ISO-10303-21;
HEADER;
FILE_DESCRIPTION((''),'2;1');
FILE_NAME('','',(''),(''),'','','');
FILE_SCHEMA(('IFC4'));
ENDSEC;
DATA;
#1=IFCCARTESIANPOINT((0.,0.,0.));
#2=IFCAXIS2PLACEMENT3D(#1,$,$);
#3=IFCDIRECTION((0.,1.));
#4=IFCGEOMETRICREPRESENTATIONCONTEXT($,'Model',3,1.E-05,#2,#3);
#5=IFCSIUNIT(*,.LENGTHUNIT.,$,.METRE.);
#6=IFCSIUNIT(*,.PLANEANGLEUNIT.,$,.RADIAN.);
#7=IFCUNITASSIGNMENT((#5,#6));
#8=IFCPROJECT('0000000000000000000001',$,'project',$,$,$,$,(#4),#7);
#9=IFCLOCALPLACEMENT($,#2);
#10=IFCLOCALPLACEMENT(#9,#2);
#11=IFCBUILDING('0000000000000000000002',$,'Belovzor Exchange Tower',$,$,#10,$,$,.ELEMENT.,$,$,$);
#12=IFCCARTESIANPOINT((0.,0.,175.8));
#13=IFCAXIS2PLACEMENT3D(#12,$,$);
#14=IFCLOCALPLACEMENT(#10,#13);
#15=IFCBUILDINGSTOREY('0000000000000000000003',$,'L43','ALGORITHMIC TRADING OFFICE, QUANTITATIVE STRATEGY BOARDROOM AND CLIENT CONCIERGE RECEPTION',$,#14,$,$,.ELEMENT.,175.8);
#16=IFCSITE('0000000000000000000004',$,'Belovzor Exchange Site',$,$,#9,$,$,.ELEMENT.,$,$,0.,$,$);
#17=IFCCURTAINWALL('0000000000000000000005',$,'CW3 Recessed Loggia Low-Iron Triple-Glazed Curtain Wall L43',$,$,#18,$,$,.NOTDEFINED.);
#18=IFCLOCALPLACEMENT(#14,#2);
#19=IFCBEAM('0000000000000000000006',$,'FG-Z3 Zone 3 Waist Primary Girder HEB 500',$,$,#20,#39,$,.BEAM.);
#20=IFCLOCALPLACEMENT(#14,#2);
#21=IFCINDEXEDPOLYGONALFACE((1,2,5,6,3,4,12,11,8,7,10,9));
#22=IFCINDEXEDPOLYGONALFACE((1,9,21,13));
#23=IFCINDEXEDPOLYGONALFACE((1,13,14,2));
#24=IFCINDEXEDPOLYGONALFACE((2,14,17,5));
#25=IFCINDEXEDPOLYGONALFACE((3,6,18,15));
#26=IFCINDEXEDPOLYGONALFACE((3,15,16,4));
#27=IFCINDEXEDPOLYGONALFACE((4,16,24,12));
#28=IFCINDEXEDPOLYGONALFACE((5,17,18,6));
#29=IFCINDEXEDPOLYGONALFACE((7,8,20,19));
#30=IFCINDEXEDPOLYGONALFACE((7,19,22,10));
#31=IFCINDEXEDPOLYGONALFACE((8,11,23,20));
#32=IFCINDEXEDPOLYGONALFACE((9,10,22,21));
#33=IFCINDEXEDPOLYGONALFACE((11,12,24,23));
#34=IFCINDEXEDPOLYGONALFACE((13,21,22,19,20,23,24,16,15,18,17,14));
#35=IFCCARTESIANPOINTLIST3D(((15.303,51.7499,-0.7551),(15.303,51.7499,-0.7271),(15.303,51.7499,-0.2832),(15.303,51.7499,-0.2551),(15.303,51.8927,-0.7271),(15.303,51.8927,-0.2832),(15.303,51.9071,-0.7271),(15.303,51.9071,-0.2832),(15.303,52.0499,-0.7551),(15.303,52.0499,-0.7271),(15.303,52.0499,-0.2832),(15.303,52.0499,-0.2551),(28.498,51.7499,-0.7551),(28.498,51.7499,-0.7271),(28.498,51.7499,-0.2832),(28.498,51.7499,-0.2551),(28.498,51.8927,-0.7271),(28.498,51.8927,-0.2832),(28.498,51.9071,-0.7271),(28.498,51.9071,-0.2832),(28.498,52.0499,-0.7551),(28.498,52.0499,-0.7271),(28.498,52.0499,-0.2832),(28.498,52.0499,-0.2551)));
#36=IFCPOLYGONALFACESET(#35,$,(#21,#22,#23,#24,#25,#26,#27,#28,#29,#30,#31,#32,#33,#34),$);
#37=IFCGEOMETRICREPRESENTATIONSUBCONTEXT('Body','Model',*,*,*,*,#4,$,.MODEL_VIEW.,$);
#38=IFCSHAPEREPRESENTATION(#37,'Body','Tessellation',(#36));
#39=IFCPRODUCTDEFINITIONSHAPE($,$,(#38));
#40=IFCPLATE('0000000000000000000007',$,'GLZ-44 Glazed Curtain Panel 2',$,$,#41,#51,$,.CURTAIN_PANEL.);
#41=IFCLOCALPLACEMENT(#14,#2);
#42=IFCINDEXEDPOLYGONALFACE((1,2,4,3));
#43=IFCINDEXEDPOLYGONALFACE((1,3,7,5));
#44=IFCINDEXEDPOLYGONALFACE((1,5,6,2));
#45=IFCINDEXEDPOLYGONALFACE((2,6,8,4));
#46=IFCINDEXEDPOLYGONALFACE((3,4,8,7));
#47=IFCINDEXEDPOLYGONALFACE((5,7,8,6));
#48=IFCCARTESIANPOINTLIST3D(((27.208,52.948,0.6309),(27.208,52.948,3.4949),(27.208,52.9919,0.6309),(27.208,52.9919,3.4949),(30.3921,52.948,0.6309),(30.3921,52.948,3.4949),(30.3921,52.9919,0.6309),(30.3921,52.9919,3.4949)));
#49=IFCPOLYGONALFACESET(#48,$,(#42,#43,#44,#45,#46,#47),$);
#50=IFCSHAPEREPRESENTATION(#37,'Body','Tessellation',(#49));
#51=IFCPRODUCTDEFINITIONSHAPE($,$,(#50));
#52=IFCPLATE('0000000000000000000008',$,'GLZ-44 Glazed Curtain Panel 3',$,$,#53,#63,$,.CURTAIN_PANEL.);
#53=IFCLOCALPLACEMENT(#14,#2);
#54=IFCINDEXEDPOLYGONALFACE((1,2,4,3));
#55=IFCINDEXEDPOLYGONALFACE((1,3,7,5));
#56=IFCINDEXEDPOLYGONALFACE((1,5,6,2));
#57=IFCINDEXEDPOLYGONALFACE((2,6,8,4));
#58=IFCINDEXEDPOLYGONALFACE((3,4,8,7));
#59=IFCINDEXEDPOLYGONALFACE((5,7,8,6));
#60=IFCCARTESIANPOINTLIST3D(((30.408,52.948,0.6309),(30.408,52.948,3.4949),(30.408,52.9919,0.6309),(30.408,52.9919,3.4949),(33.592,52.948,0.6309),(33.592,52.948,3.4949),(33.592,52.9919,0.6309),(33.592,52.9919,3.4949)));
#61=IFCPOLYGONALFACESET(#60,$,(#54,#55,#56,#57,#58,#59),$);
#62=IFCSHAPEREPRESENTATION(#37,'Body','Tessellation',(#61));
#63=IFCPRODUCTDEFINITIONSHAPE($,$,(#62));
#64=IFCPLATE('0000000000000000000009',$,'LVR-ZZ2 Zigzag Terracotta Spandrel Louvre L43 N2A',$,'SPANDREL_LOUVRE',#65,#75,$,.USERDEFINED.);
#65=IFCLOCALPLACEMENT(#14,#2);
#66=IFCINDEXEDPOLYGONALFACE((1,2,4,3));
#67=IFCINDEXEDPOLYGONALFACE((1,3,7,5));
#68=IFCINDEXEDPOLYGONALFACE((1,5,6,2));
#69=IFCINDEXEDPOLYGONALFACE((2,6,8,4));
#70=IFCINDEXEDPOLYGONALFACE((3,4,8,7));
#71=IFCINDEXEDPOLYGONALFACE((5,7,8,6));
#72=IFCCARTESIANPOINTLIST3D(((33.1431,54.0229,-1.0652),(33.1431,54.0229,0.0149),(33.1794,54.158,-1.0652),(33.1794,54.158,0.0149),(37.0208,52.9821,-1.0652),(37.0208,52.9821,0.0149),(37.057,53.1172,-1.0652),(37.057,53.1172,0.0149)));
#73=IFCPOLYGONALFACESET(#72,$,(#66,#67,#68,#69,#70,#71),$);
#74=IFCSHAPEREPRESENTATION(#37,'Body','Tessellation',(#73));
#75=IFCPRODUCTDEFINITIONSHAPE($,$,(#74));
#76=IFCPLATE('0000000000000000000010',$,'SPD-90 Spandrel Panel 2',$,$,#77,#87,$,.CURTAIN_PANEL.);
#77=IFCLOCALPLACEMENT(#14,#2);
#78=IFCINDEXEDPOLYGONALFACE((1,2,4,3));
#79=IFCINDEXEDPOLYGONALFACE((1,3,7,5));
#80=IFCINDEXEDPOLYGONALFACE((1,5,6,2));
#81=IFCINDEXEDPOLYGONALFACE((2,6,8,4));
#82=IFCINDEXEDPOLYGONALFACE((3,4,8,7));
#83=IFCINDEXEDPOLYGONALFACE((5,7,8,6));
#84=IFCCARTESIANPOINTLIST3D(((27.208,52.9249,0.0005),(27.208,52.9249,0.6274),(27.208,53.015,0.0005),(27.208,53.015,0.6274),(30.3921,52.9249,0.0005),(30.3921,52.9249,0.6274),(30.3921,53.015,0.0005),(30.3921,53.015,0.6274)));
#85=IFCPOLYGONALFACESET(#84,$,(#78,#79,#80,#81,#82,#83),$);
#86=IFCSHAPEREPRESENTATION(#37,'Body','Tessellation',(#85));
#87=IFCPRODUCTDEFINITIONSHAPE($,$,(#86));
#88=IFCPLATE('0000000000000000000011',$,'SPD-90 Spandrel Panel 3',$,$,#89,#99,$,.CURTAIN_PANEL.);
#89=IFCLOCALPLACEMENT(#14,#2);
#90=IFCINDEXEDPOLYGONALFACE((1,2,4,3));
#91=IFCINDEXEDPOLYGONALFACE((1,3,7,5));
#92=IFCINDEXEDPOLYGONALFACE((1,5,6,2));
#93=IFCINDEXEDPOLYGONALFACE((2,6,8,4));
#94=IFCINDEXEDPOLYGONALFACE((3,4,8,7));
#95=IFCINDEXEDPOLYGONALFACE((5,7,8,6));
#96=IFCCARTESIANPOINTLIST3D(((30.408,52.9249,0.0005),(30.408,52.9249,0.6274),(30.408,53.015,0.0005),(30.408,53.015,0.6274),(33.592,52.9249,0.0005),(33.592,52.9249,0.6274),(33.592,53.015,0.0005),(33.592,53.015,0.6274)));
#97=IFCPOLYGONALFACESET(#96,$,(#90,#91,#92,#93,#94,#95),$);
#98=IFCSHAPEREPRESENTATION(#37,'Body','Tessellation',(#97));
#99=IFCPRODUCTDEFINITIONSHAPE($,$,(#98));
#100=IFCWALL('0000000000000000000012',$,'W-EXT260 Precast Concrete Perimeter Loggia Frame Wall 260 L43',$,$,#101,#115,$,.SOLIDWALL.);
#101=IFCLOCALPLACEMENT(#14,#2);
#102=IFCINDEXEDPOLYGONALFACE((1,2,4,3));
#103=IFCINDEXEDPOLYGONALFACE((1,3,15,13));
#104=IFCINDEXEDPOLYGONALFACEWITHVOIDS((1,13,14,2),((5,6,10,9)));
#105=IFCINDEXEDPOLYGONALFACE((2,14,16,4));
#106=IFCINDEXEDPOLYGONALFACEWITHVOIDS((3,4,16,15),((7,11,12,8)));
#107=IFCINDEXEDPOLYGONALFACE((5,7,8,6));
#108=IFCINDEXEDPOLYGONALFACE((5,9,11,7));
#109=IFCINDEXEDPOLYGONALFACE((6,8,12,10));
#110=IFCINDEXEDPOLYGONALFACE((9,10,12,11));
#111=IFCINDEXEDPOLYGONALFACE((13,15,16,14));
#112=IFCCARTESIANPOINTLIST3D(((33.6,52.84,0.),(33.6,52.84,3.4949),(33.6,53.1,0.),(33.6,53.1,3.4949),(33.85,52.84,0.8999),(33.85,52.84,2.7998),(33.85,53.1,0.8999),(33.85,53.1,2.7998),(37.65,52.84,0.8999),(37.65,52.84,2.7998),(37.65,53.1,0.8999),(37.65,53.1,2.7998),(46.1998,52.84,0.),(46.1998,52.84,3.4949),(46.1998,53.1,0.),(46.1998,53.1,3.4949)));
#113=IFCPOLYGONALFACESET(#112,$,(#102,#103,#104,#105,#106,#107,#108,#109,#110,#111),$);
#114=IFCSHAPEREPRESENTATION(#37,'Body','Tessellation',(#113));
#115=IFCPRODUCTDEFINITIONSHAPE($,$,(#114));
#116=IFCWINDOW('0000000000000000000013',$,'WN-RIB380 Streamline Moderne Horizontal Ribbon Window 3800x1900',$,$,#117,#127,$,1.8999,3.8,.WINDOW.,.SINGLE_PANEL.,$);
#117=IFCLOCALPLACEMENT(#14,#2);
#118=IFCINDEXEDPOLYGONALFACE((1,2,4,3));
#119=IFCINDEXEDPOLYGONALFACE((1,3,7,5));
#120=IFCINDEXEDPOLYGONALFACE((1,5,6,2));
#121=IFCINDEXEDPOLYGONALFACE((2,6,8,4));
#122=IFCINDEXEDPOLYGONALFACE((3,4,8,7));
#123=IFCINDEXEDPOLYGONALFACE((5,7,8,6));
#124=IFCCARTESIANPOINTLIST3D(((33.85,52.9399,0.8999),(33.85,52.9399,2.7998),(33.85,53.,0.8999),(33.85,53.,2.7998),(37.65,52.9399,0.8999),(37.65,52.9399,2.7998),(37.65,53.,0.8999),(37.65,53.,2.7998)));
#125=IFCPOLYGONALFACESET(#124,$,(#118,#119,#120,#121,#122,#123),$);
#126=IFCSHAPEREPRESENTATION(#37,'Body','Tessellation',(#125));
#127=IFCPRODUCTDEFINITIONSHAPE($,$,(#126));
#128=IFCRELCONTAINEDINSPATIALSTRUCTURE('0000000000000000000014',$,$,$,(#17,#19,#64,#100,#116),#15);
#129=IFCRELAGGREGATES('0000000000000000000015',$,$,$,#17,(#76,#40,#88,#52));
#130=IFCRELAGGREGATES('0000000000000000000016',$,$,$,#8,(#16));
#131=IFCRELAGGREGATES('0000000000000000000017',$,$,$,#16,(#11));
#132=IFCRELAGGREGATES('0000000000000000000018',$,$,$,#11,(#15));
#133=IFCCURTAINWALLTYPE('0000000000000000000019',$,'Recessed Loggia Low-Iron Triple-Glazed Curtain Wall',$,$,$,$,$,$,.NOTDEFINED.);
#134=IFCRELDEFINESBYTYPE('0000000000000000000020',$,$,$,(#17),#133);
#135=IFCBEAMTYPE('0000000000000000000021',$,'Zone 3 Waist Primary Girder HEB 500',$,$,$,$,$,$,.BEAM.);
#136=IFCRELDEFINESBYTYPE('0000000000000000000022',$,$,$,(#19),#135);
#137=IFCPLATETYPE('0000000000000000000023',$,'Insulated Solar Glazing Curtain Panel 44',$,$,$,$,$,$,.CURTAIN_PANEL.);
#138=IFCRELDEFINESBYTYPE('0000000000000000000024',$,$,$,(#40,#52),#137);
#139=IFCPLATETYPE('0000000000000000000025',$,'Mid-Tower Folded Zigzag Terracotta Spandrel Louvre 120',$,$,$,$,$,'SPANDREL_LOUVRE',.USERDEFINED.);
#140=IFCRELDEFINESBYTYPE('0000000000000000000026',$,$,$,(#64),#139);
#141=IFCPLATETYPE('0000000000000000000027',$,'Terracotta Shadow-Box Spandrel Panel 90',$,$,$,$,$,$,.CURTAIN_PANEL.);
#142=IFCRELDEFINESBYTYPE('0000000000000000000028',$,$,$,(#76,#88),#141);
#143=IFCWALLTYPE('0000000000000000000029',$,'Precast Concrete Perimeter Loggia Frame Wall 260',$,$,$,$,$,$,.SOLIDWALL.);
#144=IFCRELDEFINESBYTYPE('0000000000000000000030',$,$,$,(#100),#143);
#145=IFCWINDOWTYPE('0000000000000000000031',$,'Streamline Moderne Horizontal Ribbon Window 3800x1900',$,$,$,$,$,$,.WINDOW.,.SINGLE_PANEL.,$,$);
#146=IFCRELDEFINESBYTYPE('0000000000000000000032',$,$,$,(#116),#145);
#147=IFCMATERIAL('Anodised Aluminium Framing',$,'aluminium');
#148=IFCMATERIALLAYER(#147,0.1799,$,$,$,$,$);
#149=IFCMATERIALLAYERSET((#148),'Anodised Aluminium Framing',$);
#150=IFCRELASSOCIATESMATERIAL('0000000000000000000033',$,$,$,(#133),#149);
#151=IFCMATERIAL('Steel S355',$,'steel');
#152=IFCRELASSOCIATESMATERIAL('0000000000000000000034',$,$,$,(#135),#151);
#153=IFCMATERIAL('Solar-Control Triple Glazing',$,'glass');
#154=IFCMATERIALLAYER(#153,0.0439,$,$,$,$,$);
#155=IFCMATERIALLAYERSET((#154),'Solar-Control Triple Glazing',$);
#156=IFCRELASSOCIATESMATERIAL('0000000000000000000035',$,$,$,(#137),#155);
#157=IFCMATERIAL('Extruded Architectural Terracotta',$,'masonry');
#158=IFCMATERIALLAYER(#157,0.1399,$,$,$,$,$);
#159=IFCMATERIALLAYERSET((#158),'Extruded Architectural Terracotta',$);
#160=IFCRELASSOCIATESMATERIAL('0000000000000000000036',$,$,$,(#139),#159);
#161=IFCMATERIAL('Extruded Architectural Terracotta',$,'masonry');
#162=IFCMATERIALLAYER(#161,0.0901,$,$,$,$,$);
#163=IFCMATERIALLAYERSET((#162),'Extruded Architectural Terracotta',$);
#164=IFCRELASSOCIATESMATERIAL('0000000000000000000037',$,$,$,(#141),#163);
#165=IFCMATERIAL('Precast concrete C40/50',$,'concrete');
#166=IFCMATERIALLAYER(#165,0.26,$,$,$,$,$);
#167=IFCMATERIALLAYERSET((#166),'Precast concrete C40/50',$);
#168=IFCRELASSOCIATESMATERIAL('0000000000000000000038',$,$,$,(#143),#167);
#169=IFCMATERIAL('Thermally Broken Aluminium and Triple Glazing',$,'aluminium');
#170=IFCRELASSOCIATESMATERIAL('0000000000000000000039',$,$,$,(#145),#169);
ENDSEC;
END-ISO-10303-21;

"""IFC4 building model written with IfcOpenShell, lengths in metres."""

from ifc_helpers import new_model, si_unit, direction, frame, frame_2d, origin, origin_2d, place, context, subcontext, project, spatial, rectangle, i_section, extrude, material, layer, layer_set, material_profile, profile_set, type_object, element, fill, aggregate, save


model = new_model("IFC4")

# Units and contexts
model_context = context("Model", 3, precision=1e-05, world=origin(), true_north=direction((0.0, 1.0)))
body_context = subcontext(model_context, "Body", "Model", "MODEL_VIEW")
ifc_project = project(units=[si_unit("LENGTHUNIT", "METRE"), si_unit("PLANEANGLEUNIT", "RADIAN")], contexts=[model_context])

# Site, building, storey
site_placement = place(None, origin())
site = spatial("IfcSite", under=ifc_project, at=site_placement, Name="Belovzor Exchange Site", CompositionType="ELEMENT", RefElevation=0.0)
building_placement = place(site_placement, origin())
building = spatial("IfcBuilding", under=site, at=building_placement, Name="Belovzor Exchange Tower", CompositionType="ELEMENT")
storey_placement = place(building_placement, frame((0.0, 0.0, 175.8)))
storey = spatial("IfcBuildingStorey", under=building, at=storey_placement, Name="L43", Description="ALGORITHMIC TRADING OFFICE, QUANTITATIVE STRATEGY BOARDROOM AND CLIENT CONCIERGE RECEPTION", CompositionType="ELEMENT", Elevation=175.8)

# Curtain wall
ifc_material_1 = material(Name="Anodised Aluminium Framing", Category="aluminium")
ifc_layer_1 = layer(ifc_material_1, 0.1799)
ifc_layer_set_1 = layer_set([ifc_layer_1], Name="Anodised Aluminium Framing")
curtain_wall_type = type_object("IfcCurtainWallType", Name="Recessed Loggia Low-Iron Triple-Glazed Curtain Wall", PredefinedType="NOTDEFINED", material=ifc_layer_set_1)
curtain_wall_placement = place(storey_placement, origin())
curtain_wall = element("IfcCurtainWall", 1, at=curtain_wall_placement, inside=storey, type_object=curtain_wall_type, Name="CW3 Recessed Loggia Low-Iron Triple-Glazed Curtain Wall L43", PredefinedType="NOTDEFINED")

# Beam
ifc_material_2 = material(Name="Steel S355", Category="steel")
ifc_material_profile_1 = material_profile(ifc_material_2, i_section(OverallWidth=0.3, OverallDepth=0.5, WebThickness=0.0144, FlangeThickness=0.0281, at=origin_2d()))
ifc_profile_set_1 = profile_set([ifc_material_profile_1], Name="Steel S355")
beam_type_1 = type_object("IfcBeamType", Name="Zone 3 Waist Primary Girder HEB 500", PredefinedType="BEAM", material=ifc_profile_set_1)
beam_1_placement = place(storey_placement, frame((28.498, 51.8999, -0.5051), z_axis=(-1.0, 0.0, 0.0), x_axis=(0.0, -1.0, 0.0)))
element("IfcBeam", 2, at=beam_1_placement, inside=storey, type_object=beam_type_1, Name="FG-Z3 Zone 3 Waist Primary Girder HEB 500", PredefinedType="BEAM", context=body_context, shape_type="SweptSolid", body=[
    extrude(i_section(OverallWidth=0.3, OverallDepth=0.5, WebThickness=0.0144, FlangeThickness=0.0281, at=origin_2d()), origin(), (0.0, 0.0, 1.0), 13.1951),
])

# Plates
ifc_material_3 = material(Name="Solar-Control Triple Glazing", Category="glass")
ifc_layer_2 = layer(ifc_material_3, 0.0439)
ifc_layer_set_2 = layer_set([ifc_layer_2], Name="Solar-Control Triple Glazing")
plate_type_1 = type_object("IfcPlateType", Name="Insulated Solar Glazing Curtain Panel 44", PredefinedType="CURTAIN_PANEL", material=ifc_layer_set_2)
plate_1_placement = place(storey_placement, frame((28.8, 52.97, 0.6309), z_axis=(0.0, 0.0, 1.0), x_axis=(1.0, 0.0, 0.0)))
plate_1 = element("IfcPlate", 3, at=plate_1_placement, type_object=plate_type_1, Name="GLZ-44 Glazed Curtain Panel 2", PredefinedType="CURTAIN_PANEL", context=body_context, shape_type="SweptSolid", body=[
    extrude(rectangle(XDim=3.1841, YDim=0.0439, at=origin_2d()), origin(), (0.0, 0.0, 1.0), 2.864),
])
plate_2_placement = place(storey_placement, frame((32.0, 52.97, 0.6309), z_axis=(0.0, 0.0, 1.0), x_axis=(1.0, 0.0, 0.0)))
plate_2 = element("IfcPlate", 4, at=plate_2_placement, type_object=plate_type_1, Name="GLZ-44 Glazed Curtain Panel 3", PredefinedType="CURTAIN_PANEL", context=body_context, shape_type="SweptSolid", body=[
    extrude(rectangle(XDim=3.1841, YDim=0.0439, at=origin_2d()), origin(), (0.0, 0.0, 1.0), 2.864),
])
ifc_material_4 = material(Name="Extruded Architectural Terracotta", Category="masonry")
ifc_layer_3 = layer(ifc_material_4, 0.1399)
ifc_layer_set_3 = layer_set([ifc_layer_3], Name="Extruded Architectural Terracotta")
plate_type_2 = type_object("IfcPlateType", Name="Mid-Tower Folded Zigzag Terracotta Spandrel Louvre 120", ElementType="SPANDREL_LOUVRE", PredefinedType="USERDEFINED", material=ifc_layer_set_3)
plate_3_placement = place(storey_placement, frame((35.1001, 53.5701, -1.0652), z_axis=(0.0, 0.0, 1.0), x_axis=(0.965813, -0.25924, 0.0)))
element("IfcPlate", 5, at=plate_3_placement, inside=storey, type_object=plate_type_2, Name="LVR-ZZ2 Zigzag Terracotta Spandrel Louvre L43 N2A", ObjectType="SPANDREL_LOUVRE", PredefinedType="USERDEFINED", context=body_context, shape_type="SweptSolid", body=[
    extrude(rectangle(XDim=4.0149, YDim=0.1399, at=origin_2d()), origin(), (0.0, 0.0, 1.0), 1.0801),
])
ifc_material_5 = material(Name="Extruded Architectural Terracotta", Category="masonry")
ifc_layer_4 = layer(ifc_material_5, 0.0901)
ifc_layer_set_4 = layer_set([ifc_layer_4], Name="Extruded Architectural Terracotta")
plate_type_3 = type_object("IfcPlateType", Name="Terracotta Shadow-Box Spandrel Panel 90", PredefinedType="CURTAIN_PANEL", material=ifc_layer_set_4)
plate_4_placement = place(storey_placement, frame((28.8, 52.97, 0.0005), z_axis=(0.0, 0.0, 1.0), x_axis=(1.0, 0.0, 0.0)))
plate_4 = element("IfcPlate", 6, at=plate_4_placement, type_object=plate_type_3, Name="SPD-90 Spandrel Panel 2", PredefinedType="CURTAIN_PANEL", context=body_context, shape_type="SweptSolid", body=[
    extrude(rectangle(XDim=3.1841, YDim=0.0901, at=origin_2d()), origin(), (0.0, 0.0, 1.0), 0.627),
])
plate_5_placement = place(storey_placement, frame((32.0, 52.97, 0.0005), z_axis=(0.0, 0.0, 1.0), x_axis=(1.0, 0.0, 0.0)))
plate_5 = element("IfcPlate", 7, at=plate_5_placement, type_object=plate_type_3, Name="SPD-90 Spandrel Panel 3", PredefinedType="CURTAIN_PANEL", context=body_context, shape_type="SweptSolid", body=[
    extrude(rectangle(XDim=3.1841, YDim=0.0901, at=origin_2d()), origin(), (0.0, 0.0, 1.0), 0.627),
])
aggregate(curtain_wall, [plate_4, plate_1, plate_5, plate_2])

# Wall, opening, window
ifc_material_6 = material(Name="Precast concrete C40/50", Category="concrete")
ifc_layer_5 = layer(ifc_material_6, 0.26)
ifc_layer_set_5 = layer_set([ifc_layer_5], Name="Precast concrete C40/50")
wall_type = type_object("IfcWallType", Name="Precast Concrete Perimeter Loggia Frame Wall 260", PredefinedType="SOLIDWALL", material=ifc_layer_set_5)
wall_placement = place(storey_placement, frame((33.6001, 52.97, 0.0), z_axis=(0.0, 0.0, 1.0), x_axis=(1.0, 0.0, 0.0)))
wall = element("IfcWall", 8, at=wall_placement, inside=storey, type_object=wall_type, Name="W-EXT260 Precast Concrete Perimeter Loggia Frame Wall 260 L43", PredefinedType="SOLIDWALL", context=body_context, shape_type="SweptSolid", body=[
    extrude(rectangle(XDim=12.5999, YDim=0.26, at=frame_2d((6.2998, 0.0))), origin(), (0.0, 0.0, 1.0), 3.4949),
])
opening_placement = place(wall_placement, frame((0.25, 0.0, 0.8999)))
opening = element("IfcOpeningElement", 9, at=opening_placement, cuts=wall, PredefinedType="OPENING", context=body_context, shape_type="SweptSolid", body=[
    extrude(rectangle(XDim=3.8, YDim=1.8999, at=frame_2d((1.8999, 0.95))), frame((0.0, 0.1399, 0.0), z_axis=(0.0, -1.0, 0.0), x_axis=(1.0, 0.0, 0.0)), (0.0, 0.0, 1.0), 0.28),
])
ifc_material_7 = material(Name="Thermally Broken Aluminium and Triple Glazing", Category="aluminium")
window_type = type_object("IfcWindowType", Name="Streamline Moderne Horizontal Ribbon Window 3800x1900", PartitioningType="SINGLE_PANEL", PredefinedType="WINDOW", material=ifc_material_7)
window_placement = place(opening_placement, origin())
window = element("IfcWindow", 10, at=window_placement, inside=storey, type_object=window_type, Name="WN-RIB380 Streamline Moderne Horizontal Ribbon Window 3800x1900", OverallHeight=1.8999, OverallWidth=3.8, PartitioningType="SINGLE_PANEL", PredefinedType="WINDOW", context=body_context, shape_type="SweptSolid", body=[
    extrude(rectangle(XDim=3.8, YDim=1.8999, at=frame_2d((1.8999, 0.95))), frame((0.0, 0.03, 0.0), z_axis=(0.0, -1.0, 0.0), x_axis=(1.0, 0.0, 0.0)), (0.0, 0.0, 1.0), 0.0601),
])
fill(opening, window)

save(model, "model.ifc")
